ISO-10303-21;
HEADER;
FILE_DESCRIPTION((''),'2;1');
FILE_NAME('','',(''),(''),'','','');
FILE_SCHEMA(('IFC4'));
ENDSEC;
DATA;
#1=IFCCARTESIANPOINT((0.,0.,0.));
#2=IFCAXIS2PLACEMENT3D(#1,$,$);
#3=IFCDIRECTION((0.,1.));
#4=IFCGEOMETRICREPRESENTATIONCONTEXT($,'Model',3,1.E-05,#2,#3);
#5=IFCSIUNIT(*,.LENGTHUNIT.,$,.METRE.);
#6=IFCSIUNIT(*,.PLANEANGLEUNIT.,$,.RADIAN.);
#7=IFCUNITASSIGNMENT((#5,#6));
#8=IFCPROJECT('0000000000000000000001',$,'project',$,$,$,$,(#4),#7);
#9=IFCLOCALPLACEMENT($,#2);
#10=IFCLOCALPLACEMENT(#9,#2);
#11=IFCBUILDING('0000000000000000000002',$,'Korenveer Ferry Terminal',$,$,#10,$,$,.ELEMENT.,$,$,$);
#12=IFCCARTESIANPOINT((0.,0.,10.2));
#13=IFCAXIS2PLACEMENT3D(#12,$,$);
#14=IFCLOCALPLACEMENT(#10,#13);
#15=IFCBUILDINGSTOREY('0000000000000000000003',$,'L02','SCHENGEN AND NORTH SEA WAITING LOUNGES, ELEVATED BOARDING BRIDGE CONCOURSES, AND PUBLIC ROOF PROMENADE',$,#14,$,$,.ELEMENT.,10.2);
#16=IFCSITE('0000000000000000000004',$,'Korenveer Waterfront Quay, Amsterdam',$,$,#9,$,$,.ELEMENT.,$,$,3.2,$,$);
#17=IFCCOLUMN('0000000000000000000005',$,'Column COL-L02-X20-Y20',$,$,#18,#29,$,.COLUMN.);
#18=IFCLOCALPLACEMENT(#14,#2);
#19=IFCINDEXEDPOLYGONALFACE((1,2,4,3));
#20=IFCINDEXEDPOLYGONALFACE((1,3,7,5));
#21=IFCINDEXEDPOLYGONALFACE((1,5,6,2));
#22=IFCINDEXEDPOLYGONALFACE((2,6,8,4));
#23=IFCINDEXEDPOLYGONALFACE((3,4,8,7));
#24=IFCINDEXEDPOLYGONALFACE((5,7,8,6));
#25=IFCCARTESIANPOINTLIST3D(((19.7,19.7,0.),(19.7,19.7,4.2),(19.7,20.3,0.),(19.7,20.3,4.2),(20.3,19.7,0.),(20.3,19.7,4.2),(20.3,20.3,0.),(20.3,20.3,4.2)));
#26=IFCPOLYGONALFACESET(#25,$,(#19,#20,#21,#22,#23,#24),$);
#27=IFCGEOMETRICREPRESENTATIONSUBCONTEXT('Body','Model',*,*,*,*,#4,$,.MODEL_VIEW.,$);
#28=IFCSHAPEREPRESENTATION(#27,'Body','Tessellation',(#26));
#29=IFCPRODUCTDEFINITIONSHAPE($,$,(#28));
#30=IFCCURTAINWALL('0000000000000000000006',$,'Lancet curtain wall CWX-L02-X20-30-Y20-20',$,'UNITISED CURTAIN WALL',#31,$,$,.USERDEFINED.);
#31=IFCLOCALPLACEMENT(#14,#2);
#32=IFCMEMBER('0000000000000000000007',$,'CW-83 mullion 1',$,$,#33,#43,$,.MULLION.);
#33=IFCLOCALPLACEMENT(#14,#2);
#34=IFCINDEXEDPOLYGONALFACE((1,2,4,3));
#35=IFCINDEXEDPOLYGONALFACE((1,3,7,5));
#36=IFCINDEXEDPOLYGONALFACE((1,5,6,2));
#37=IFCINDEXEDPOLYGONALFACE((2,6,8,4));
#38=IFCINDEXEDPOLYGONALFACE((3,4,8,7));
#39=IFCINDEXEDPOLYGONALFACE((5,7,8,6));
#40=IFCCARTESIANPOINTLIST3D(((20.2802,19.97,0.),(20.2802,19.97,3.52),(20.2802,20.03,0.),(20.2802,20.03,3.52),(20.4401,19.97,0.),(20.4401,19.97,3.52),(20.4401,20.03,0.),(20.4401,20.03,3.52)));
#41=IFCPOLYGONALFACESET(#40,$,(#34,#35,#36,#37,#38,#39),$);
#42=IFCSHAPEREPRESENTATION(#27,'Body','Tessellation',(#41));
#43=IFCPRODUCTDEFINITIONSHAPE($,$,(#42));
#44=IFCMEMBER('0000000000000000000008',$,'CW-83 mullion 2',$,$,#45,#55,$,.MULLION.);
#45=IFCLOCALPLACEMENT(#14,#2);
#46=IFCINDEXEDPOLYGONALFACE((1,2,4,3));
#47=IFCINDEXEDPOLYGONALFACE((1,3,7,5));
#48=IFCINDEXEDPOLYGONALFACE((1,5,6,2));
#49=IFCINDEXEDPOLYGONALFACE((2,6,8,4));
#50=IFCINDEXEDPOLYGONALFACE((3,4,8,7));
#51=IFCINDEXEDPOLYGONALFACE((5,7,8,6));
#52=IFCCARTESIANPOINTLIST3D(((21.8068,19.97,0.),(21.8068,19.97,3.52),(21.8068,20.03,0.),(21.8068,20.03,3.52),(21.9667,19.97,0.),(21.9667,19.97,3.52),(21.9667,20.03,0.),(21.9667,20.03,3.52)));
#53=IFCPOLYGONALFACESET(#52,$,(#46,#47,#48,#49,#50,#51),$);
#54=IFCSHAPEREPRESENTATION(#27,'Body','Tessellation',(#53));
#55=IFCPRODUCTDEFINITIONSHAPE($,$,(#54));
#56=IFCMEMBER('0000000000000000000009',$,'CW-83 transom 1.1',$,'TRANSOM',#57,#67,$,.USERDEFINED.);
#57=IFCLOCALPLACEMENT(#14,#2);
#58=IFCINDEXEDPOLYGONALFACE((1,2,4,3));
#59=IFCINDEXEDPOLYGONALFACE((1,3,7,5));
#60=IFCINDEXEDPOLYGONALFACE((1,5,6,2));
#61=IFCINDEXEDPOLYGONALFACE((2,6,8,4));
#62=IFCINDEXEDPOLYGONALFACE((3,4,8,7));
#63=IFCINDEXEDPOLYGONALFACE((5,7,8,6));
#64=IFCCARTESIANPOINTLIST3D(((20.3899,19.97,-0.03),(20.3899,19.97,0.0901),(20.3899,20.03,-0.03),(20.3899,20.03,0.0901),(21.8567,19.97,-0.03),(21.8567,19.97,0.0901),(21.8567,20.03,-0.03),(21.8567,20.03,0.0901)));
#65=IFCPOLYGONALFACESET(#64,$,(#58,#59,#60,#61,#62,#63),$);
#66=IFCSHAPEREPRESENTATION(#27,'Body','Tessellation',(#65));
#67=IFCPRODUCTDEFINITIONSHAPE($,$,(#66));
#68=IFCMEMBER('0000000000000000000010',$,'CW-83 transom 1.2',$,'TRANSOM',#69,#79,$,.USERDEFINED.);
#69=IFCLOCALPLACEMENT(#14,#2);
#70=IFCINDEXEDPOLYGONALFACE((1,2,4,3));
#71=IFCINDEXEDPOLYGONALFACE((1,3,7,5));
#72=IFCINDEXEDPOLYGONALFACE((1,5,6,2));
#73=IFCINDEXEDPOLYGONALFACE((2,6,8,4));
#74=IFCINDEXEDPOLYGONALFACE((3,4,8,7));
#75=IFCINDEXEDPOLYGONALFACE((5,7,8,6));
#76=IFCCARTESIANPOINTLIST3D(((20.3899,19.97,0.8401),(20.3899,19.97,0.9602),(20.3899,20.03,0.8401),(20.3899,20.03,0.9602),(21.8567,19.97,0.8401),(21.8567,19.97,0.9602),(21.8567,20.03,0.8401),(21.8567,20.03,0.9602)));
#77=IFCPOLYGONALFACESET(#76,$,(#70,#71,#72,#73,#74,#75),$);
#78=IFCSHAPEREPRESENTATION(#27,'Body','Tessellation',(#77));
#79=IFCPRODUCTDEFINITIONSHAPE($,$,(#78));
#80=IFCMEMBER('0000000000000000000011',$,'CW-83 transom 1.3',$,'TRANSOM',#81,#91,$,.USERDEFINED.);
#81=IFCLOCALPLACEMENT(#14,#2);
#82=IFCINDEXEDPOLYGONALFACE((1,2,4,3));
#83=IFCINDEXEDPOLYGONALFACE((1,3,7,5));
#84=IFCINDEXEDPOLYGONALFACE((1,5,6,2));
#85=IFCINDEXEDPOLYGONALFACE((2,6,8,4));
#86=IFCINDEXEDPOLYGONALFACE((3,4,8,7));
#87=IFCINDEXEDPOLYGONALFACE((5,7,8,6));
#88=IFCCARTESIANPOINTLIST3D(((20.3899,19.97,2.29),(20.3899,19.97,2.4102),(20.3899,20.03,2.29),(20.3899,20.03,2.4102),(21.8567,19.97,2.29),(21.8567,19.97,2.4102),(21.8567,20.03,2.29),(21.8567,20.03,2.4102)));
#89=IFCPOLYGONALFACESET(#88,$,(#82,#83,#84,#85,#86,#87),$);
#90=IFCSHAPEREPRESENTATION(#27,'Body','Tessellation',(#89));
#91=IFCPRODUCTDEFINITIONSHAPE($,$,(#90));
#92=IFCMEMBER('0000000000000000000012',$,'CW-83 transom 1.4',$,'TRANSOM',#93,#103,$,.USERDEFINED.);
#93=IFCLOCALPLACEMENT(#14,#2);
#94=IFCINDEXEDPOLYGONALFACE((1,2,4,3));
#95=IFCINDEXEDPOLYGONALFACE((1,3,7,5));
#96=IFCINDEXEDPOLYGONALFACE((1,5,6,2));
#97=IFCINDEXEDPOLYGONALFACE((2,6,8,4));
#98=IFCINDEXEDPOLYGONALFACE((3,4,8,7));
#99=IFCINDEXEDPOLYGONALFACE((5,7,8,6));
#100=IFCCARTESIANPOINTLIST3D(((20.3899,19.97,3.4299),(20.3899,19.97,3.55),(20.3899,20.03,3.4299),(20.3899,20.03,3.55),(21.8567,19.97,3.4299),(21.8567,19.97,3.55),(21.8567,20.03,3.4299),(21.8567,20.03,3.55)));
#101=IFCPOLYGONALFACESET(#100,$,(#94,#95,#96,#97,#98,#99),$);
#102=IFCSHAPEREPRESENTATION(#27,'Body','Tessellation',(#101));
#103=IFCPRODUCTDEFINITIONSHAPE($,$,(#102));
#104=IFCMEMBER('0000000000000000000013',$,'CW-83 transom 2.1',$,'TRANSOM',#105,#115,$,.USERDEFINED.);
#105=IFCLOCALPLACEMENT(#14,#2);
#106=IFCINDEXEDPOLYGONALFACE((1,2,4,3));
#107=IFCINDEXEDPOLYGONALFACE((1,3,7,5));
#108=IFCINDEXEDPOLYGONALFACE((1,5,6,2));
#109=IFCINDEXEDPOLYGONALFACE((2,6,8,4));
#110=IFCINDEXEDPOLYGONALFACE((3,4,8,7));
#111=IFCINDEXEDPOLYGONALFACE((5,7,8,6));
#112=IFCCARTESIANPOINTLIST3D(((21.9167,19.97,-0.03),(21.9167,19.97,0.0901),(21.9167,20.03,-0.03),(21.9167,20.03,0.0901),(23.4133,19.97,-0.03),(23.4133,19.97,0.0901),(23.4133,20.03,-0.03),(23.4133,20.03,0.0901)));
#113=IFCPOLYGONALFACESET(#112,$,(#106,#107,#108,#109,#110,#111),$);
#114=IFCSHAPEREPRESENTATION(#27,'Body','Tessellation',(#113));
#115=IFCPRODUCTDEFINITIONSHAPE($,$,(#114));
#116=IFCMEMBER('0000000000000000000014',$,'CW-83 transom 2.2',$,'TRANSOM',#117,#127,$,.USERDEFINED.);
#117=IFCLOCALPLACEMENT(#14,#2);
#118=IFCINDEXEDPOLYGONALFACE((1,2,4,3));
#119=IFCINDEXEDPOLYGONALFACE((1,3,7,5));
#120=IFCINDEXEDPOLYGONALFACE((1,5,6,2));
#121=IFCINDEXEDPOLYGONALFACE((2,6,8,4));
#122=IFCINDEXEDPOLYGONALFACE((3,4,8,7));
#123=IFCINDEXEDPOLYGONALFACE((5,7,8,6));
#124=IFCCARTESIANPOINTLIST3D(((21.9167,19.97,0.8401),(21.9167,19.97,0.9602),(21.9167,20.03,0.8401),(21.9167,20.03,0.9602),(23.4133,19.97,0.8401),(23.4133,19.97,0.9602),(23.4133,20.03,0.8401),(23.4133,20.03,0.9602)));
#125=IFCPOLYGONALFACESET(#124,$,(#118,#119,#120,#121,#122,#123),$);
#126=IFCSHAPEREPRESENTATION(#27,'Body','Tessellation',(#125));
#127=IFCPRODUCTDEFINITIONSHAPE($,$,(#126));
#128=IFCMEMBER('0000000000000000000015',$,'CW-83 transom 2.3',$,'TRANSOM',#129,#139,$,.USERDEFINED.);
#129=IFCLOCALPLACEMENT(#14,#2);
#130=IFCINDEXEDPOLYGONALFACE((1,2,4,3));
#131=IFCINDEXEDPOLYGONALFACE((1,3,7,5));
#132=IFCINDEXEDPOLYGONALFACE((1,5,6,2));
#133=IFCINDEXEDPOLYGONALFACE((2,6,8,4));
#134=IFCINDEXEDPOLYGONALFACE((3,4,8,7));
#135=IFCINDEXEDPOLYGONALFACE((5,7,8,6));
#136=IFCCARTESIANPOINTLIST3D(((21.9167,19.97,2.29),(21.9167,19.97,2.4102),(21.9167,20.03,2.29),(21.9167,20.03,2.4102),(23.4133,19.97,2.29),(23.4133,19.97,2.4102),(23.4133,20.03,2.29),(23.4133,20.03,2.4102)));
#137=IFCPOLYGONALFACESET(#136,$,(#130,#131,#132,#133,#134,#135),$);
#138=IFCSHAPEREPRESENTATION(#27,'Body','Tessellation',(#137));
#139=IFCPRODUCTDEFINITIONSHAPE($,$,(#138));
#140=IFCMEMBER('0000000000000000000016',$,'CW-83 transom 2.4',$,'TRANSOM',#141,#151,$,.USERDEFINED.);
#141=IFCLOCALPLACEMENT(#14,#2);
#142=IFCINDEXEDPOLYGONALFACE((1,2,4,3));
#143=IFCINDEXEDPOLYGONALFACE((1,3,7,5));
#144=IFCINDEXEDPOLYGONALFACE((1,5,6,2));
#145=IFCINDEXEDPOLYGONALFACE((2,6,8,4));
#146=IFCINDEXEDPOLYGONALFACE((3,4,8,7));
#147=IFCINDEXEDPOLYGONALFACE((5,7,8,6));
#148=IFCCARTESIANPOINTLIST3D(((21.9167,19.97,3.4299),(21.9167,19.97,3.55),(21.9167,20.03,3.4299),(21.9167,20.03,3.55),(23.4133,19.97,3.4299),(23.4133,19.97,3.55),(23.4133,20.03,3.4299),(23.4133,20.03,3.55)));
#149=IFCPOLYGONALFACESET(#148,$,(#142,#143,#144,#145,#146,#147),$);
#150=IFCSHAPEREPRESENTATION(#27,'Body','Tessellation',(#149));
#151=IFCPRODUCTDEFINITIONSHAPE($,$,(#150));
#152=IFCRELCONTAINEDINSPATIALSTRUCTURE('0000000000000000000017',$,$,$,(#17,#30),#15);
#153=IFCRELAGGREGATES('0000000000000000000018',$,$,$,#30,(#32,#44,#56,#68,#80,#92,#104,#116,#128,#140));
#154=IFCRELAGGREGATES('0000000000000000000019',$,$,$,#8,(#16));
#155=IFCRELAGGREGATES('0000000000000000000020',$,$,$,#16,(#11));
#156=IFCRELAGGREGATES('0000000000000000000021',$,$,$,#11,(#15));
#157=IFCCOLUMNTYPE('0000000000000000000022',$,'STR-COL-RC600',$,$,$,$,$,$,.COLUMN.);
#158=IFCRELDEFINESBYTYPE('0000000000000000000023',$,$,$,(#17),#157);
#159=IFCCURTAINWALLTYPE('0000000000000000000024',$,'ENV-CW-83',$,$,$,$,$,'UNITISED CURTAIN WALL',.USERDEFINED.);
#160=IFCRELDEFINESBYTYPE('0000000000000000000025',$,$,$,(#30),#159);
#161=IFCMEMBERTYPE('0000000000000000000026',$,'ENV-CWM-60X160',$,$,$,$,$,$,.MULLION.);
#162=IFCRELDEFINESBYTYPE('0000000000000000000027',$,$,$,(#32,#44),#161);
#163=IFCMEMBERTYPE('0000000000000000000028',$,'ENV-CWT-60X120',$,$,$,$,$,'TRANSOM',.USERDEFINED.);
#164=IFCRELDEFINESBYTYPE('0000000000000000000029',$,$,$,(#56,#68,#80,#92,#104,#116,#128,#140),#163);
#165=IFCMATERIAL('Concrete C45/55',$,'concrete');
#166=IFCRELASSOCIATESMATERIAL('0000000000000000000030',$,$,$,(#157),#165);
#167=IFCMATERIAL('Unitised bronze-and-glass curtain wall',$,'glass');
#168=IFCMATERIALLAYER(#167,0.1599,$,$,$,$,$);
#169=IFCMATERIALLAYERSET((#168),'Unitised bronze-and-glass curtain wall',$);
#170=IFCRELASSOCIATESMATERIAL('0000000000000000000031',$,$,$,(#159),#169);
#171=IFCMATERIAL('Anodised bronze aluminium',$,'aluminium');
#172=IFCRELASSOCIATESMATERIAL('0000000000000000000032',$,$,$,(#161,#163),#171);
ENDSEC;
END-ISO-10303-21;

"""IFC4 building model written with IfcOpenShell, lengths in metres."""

from ifc_helpers import new_model, si_unit, direction, frame, origin, origin_2d, place, context, subcontext, project, spatial, rectangle, extrude, material, layer, layer_set, material_profile, profile_set, type_object, element, aggregate, save


model = new_model("IFC4")

# Units and contexts
model_context = context("Model", 3, precision=1e-05, world=origin(), true_north=direction((0.0, 1.0)))
body_context = subcontext(model_context, "Body", "Model", "MODEL_VIEW")
ifc_project = project(units=[si_unit("LENGTHUNIT", "METRE"), si_unit("PLANEANGLEUNIT", "RADIAN")], contexts=[model_context])

# Site, building, storey
site_placement = place(None, origin())
site = spatial("IfcSite", under=ifc_project, at=site_placement, Name="Korenveer Waterfront Quay, Amsterdam", CompositionType="ELEMENT", RefElevation=3.2)
building_placement = place(site_placement, origin())
building = spatial("IfcBuilding", under=site, at=building_placement, Name="Korenveer Ferry Terminal", CompositionType="ELEMENT")
storey_placement = place(building_placement, frame((0.0, 0.0, 10.2)))
storey = spatial("IfcBuildingStorey", under=building, at=storey_placement, Name="L02", Description="SCHENGEN AND NORTH SEA WAITING LOUNGES, ELEVATED BOARDING BRIDGE CONCOURSES, AND PUBLIC ROOF PROMENADE", CompositionType="ELEMENT", Elevation=10.2)

# Column
ifc_material_1 = material(Name="Concrete C45/55", Category="concrete")
ifc_material_profile_1 = material_profile(ifc_material_1, rectangle(XDim=0.6001, YDim=0.6001, at=origin_2d()), Name="RC 600x600")
ifc_profile_set_1 = profile_set([ifc_material_profile_1], Name="Concrete C45/55")
column_type = type_object("IfcColumnType", Name="STR-COL-RC600", PredefinedType="COLUMN", material=ifc_profile_set_1)
column_placement = place(storey_placement, frame((20.0, 20.0, 0.0), z_axis=(0.0, 0.0, 1.0), x_axis=(1.0, 0.0, 0.0)))
element("IfcColumn", 1, at=column_placement, inside=storey, type_object=column_type, Name="Column COL-L02-X20-Y20", PredefinedType="COLUMN", context=body_context, shape_type="SweptSolid", body=[
    extrude(rectangle(XDim=0.6001, YDim=0.6001, at=origin_2d()), origin(), (0.0, 0.0, 1.0), 4.2),
])

# Curtain wall, members
ifc_material_2 = material(Name="Unitised bronze-and-glass curtain wall", Category="glass")
ifc_layer_1 = layer(ifc_material_2, 0.1599)
ifc_layer_set_1 = layer_set([ifc_layer_1], Name="Unitised bronze-and-glass curtain wall")
curtain_wall_type = type_object("IfcCurtainWallType", Name="ENV-CW-83", ElementType="UNITISED CURTAIN WALL", PredefinedType="USERDEFINED", material=ifc_layer_set_1)
curtain_wall_placement = place(storey_placement, frame((20.3301, 20.0, 0.0)))
curtain_wall = element("IfcCurtainWall", 2, at=curtain_wall_placement, inside=storey, type_object=curtain_wall_type, Name="Lancet curtain wall CWX-L02-X20-30-Y20-20", ObjectType="UNITISED CURTAIN WALL", PredefinedType="USERDEFINED")
ifc_material_3 = material(Name="Anodised bronze aluminium", Category="aluminium")
ifc_material_profile_2 = material_profile(ifc_material_3, rectangle(XDim=0.0601, YDim=0.1599, at=origin_2d()), Name="ALU 60x160")
ifc_profile_set_2 = profile_set([ifc_material_profile_2], Name="Anodised bronze aluminium")
member_type_1 = type_object("IfcMemberType", Name="ENV-CWM-60X160", PredefinedType="MULLION", material=ifc_profile_set_2)
member_1_placement = place(storey_placement, frame((20.3601, 20.0, 0.0), z_axis=(0.0, 0.0, 1.0), x_axis=(0.0, 1.0, 0.0)))
member_1 = element("IfcMember", 3, at=member_1_placement, type_object=member_type_1, Name="CW-83 mullion 1", PredefinedType="MULLION", context=body_context, shape_type="SweptSolid", body=[
    extrude(rectangle(XDim=0.0601, YDim=0.1599, at=origin_2d()), origin(), (0.0, 0.0, 1.0), 3.52),
])
member_2_placement = place(storey_placement, frame((21.8867, 20.0, 0.0), z_axis=(0.0, 0.0, 1.0), x_axis=(0.0, 1.0, 0.0)))
member_2 = element("IfcMember", 4, at=member_2_placement, type_object=member_type_1, Name="CW-83 mullion 2", PredefinedType="MULLION", context=body_context, shape_type="SweptSolid", body=[
    extrude(rectangle(XDim=0.0601, YDim=0.1599, at=origin_2d()), origin(), (0.0, 0.0, 1.0), 3.52),
])
ifc_material_profile_3 = material_profile(ifc_material_3, rectangle(XDim=0.0601, YDim=0.1201, at=origin_2d()), Name="ALU 60x120")
ifc_profile_set_3 = profile_set([ifc_material_profile_3], Name="Anodised bronze aluminium")
member_type_2 = type_object("IfcMemberType", Name="ENV-CWT-60X120", ElementType="TRANSOM", PredefinedType="USERDEFINED", material=ifc_profile_set_3)
member_3_placement = place(storey_placement, frame((20.3899, 20.0, 0.03), z_axis=(1.0, 0.0, 0.0), x_axis=(0.0, 1.0, 0.0)))
member_3 = element("IfcMember", 5, at=member_3_placement, type_object=member_type_2, Name="CW-83 transom 1.1", ObjectType="TRANSOM", PredefinedType="USERDEFINED", context=body_context, shape_type="SweptSolid", body=[
    extrude(rectangle(XDim=0.0601, YDim=0.1201, at=origin_2d()), origin(), (0.0, 0.0, 1.0), 1.4668),
])
member_4_placement = place(storey_placement, frame((20.3899, 20.0, 0.9001), z_axis=(1.0, 0.0, 0.0), x_axis=(0.0, 1.0, 0.0)))
member_4 = element("IfcMember", 6, at=member_4_placement, type_object=member_type_2, Name="CW-83 transom 1.2", ObjectType="TRANSOM", PredefinedType="USERDEFINED", context=body_context, shape_type="SweptSolid", body=[
    extrude(rectangle(XDim=0.0601, YDim=0.1201, at=origin_2d()), origin(), (0.0, 0.0, 1.0), 1.4668),
])
member_5_placement = place(storey_placement, frame((20.3899, 20.0, 2.3501), z_axis=(1.0, 0.0, 0.0), x_axis=(0.0, 1.0, 0.0)))
member_5 = element("IfcMember", 7, at=member_5_placement, type_object=member_type_2, Name="CW-83 transom 1.3", ObjectType="TRANSOM", PredefinedType="USERDEFINED", context=body_context, shape_type="SweptSolid", body=[
    extrude(rectangle(XDim=0.0601, YDim=0.1201, at=origin_2d()), origin(), (0.0, 0.0, 1.0), 1.4668),
])
member_6_placement = place(storey_placement, frame((20.3899, 20.0, 3.49), z_axis=(1.0, 0.0, 0.0), x_axis=(0.0, 1.0, 0.0)))
member_6 = element("IfcMember", 8, at=member_6_placement, type_object=member_type_2, Name="CW-83 transom 1.4", ObjectType="TRANSOM", PredefinedType="USERDEFINED", context=body_context, shape_type="SweptSolid", body=[
    extrude(rectangle(XDim=0.0601, YDim=0.1201, at=origin_2d()), origin(), (0.0, 0.0, 1.0), 1.4668),
])
member_7_placement = place(storey_placement, frame((21.9167, 20.0, 0.03), z_axis=(1.0, 0.0, 0.0), x_axis=(0.0, 1.0, 0.0)))
member_7 = element("IfcMember", 9, at=member_7_placement, type_object=member_type_2, Name="CW-83 transom 2.1", ObjectType="TRANSOM", PredefinedType="USERDEFINED", context=body_context, shape_type="SweptSolid", body=[
    extrude(rectangle(XDim=0.0601, YDim=0.1201, at=origin_2d()), origin(), (0.0, 0.0, 1.0), 1.4966),
])
member_8_placement = place(storey_placement, frame((21.9167, 20.0, 0.9001), z_axis=(1.0, 0.0, 0.0), x_axis=(0.0, 1.0, 0.0)))
member_8 = element("IfcMember", 10, at=member_8_placement, type_object=member_type_2, Name="CW-83 transom 2.2", ObjectType="TRANSOM", PredefinedType="USERDEFINED", context=body_context, shape_type="SweptSolid", body=[
    extrude(rectangle(XDim=0.0601, YDim=0.1201, at=origin_2d()), origin(), (0.0, 0.0, 1.0), 1.4966),
])
member_9_placement = place(storey_placement, frame((21.9167, 20.0, 2.3501), z_axis=(1.0, 0.0, 0.0), x_axis=(0.0, 1.0, 0.0)))
member_9 = element("IfcMember", 11, at=member_9_placement, type_object=member_type_2, Name="CW-83 transom 2.3", ObjectType="TRANSOM", PredefinedType="USERDEFINED", context=body_context, shape_type="SweptSolid", body=[
    extrude(rectangle(XDim=0.0601, YDim=0.1201, at=origin_2d()), origin(), (0.0, 0.0, 1.0), 1.4966),
])
member_10_placement = place(storey_placement, frame((21.9167, 20.0, 3.49), z_axis=(1.0, 0.0, 0.0), x_axis=(0.0, 1.0, 0.0)))
member_10 = element("IfcMember", 12, at=member_10_placement, type_object=member_type_2, Name="CW-83 transom 2.4", ObjectType="TRANSOM", PredefinedType="USERDEFINED", context=body_context, shape_type="SweptSolid", body=[
    extrude(rectangle(XDim=0.0601, YDim=0.1201, at=origin_2d()), origin(), (0.0, 0.0, 1.0), 1.4966),
])

aggregate(curtain_wall, [member_1, member_2, member_3, member_4, member_5, member_6, member_7, member_8, member_9, member_10])

save(model, "model.ifc")
